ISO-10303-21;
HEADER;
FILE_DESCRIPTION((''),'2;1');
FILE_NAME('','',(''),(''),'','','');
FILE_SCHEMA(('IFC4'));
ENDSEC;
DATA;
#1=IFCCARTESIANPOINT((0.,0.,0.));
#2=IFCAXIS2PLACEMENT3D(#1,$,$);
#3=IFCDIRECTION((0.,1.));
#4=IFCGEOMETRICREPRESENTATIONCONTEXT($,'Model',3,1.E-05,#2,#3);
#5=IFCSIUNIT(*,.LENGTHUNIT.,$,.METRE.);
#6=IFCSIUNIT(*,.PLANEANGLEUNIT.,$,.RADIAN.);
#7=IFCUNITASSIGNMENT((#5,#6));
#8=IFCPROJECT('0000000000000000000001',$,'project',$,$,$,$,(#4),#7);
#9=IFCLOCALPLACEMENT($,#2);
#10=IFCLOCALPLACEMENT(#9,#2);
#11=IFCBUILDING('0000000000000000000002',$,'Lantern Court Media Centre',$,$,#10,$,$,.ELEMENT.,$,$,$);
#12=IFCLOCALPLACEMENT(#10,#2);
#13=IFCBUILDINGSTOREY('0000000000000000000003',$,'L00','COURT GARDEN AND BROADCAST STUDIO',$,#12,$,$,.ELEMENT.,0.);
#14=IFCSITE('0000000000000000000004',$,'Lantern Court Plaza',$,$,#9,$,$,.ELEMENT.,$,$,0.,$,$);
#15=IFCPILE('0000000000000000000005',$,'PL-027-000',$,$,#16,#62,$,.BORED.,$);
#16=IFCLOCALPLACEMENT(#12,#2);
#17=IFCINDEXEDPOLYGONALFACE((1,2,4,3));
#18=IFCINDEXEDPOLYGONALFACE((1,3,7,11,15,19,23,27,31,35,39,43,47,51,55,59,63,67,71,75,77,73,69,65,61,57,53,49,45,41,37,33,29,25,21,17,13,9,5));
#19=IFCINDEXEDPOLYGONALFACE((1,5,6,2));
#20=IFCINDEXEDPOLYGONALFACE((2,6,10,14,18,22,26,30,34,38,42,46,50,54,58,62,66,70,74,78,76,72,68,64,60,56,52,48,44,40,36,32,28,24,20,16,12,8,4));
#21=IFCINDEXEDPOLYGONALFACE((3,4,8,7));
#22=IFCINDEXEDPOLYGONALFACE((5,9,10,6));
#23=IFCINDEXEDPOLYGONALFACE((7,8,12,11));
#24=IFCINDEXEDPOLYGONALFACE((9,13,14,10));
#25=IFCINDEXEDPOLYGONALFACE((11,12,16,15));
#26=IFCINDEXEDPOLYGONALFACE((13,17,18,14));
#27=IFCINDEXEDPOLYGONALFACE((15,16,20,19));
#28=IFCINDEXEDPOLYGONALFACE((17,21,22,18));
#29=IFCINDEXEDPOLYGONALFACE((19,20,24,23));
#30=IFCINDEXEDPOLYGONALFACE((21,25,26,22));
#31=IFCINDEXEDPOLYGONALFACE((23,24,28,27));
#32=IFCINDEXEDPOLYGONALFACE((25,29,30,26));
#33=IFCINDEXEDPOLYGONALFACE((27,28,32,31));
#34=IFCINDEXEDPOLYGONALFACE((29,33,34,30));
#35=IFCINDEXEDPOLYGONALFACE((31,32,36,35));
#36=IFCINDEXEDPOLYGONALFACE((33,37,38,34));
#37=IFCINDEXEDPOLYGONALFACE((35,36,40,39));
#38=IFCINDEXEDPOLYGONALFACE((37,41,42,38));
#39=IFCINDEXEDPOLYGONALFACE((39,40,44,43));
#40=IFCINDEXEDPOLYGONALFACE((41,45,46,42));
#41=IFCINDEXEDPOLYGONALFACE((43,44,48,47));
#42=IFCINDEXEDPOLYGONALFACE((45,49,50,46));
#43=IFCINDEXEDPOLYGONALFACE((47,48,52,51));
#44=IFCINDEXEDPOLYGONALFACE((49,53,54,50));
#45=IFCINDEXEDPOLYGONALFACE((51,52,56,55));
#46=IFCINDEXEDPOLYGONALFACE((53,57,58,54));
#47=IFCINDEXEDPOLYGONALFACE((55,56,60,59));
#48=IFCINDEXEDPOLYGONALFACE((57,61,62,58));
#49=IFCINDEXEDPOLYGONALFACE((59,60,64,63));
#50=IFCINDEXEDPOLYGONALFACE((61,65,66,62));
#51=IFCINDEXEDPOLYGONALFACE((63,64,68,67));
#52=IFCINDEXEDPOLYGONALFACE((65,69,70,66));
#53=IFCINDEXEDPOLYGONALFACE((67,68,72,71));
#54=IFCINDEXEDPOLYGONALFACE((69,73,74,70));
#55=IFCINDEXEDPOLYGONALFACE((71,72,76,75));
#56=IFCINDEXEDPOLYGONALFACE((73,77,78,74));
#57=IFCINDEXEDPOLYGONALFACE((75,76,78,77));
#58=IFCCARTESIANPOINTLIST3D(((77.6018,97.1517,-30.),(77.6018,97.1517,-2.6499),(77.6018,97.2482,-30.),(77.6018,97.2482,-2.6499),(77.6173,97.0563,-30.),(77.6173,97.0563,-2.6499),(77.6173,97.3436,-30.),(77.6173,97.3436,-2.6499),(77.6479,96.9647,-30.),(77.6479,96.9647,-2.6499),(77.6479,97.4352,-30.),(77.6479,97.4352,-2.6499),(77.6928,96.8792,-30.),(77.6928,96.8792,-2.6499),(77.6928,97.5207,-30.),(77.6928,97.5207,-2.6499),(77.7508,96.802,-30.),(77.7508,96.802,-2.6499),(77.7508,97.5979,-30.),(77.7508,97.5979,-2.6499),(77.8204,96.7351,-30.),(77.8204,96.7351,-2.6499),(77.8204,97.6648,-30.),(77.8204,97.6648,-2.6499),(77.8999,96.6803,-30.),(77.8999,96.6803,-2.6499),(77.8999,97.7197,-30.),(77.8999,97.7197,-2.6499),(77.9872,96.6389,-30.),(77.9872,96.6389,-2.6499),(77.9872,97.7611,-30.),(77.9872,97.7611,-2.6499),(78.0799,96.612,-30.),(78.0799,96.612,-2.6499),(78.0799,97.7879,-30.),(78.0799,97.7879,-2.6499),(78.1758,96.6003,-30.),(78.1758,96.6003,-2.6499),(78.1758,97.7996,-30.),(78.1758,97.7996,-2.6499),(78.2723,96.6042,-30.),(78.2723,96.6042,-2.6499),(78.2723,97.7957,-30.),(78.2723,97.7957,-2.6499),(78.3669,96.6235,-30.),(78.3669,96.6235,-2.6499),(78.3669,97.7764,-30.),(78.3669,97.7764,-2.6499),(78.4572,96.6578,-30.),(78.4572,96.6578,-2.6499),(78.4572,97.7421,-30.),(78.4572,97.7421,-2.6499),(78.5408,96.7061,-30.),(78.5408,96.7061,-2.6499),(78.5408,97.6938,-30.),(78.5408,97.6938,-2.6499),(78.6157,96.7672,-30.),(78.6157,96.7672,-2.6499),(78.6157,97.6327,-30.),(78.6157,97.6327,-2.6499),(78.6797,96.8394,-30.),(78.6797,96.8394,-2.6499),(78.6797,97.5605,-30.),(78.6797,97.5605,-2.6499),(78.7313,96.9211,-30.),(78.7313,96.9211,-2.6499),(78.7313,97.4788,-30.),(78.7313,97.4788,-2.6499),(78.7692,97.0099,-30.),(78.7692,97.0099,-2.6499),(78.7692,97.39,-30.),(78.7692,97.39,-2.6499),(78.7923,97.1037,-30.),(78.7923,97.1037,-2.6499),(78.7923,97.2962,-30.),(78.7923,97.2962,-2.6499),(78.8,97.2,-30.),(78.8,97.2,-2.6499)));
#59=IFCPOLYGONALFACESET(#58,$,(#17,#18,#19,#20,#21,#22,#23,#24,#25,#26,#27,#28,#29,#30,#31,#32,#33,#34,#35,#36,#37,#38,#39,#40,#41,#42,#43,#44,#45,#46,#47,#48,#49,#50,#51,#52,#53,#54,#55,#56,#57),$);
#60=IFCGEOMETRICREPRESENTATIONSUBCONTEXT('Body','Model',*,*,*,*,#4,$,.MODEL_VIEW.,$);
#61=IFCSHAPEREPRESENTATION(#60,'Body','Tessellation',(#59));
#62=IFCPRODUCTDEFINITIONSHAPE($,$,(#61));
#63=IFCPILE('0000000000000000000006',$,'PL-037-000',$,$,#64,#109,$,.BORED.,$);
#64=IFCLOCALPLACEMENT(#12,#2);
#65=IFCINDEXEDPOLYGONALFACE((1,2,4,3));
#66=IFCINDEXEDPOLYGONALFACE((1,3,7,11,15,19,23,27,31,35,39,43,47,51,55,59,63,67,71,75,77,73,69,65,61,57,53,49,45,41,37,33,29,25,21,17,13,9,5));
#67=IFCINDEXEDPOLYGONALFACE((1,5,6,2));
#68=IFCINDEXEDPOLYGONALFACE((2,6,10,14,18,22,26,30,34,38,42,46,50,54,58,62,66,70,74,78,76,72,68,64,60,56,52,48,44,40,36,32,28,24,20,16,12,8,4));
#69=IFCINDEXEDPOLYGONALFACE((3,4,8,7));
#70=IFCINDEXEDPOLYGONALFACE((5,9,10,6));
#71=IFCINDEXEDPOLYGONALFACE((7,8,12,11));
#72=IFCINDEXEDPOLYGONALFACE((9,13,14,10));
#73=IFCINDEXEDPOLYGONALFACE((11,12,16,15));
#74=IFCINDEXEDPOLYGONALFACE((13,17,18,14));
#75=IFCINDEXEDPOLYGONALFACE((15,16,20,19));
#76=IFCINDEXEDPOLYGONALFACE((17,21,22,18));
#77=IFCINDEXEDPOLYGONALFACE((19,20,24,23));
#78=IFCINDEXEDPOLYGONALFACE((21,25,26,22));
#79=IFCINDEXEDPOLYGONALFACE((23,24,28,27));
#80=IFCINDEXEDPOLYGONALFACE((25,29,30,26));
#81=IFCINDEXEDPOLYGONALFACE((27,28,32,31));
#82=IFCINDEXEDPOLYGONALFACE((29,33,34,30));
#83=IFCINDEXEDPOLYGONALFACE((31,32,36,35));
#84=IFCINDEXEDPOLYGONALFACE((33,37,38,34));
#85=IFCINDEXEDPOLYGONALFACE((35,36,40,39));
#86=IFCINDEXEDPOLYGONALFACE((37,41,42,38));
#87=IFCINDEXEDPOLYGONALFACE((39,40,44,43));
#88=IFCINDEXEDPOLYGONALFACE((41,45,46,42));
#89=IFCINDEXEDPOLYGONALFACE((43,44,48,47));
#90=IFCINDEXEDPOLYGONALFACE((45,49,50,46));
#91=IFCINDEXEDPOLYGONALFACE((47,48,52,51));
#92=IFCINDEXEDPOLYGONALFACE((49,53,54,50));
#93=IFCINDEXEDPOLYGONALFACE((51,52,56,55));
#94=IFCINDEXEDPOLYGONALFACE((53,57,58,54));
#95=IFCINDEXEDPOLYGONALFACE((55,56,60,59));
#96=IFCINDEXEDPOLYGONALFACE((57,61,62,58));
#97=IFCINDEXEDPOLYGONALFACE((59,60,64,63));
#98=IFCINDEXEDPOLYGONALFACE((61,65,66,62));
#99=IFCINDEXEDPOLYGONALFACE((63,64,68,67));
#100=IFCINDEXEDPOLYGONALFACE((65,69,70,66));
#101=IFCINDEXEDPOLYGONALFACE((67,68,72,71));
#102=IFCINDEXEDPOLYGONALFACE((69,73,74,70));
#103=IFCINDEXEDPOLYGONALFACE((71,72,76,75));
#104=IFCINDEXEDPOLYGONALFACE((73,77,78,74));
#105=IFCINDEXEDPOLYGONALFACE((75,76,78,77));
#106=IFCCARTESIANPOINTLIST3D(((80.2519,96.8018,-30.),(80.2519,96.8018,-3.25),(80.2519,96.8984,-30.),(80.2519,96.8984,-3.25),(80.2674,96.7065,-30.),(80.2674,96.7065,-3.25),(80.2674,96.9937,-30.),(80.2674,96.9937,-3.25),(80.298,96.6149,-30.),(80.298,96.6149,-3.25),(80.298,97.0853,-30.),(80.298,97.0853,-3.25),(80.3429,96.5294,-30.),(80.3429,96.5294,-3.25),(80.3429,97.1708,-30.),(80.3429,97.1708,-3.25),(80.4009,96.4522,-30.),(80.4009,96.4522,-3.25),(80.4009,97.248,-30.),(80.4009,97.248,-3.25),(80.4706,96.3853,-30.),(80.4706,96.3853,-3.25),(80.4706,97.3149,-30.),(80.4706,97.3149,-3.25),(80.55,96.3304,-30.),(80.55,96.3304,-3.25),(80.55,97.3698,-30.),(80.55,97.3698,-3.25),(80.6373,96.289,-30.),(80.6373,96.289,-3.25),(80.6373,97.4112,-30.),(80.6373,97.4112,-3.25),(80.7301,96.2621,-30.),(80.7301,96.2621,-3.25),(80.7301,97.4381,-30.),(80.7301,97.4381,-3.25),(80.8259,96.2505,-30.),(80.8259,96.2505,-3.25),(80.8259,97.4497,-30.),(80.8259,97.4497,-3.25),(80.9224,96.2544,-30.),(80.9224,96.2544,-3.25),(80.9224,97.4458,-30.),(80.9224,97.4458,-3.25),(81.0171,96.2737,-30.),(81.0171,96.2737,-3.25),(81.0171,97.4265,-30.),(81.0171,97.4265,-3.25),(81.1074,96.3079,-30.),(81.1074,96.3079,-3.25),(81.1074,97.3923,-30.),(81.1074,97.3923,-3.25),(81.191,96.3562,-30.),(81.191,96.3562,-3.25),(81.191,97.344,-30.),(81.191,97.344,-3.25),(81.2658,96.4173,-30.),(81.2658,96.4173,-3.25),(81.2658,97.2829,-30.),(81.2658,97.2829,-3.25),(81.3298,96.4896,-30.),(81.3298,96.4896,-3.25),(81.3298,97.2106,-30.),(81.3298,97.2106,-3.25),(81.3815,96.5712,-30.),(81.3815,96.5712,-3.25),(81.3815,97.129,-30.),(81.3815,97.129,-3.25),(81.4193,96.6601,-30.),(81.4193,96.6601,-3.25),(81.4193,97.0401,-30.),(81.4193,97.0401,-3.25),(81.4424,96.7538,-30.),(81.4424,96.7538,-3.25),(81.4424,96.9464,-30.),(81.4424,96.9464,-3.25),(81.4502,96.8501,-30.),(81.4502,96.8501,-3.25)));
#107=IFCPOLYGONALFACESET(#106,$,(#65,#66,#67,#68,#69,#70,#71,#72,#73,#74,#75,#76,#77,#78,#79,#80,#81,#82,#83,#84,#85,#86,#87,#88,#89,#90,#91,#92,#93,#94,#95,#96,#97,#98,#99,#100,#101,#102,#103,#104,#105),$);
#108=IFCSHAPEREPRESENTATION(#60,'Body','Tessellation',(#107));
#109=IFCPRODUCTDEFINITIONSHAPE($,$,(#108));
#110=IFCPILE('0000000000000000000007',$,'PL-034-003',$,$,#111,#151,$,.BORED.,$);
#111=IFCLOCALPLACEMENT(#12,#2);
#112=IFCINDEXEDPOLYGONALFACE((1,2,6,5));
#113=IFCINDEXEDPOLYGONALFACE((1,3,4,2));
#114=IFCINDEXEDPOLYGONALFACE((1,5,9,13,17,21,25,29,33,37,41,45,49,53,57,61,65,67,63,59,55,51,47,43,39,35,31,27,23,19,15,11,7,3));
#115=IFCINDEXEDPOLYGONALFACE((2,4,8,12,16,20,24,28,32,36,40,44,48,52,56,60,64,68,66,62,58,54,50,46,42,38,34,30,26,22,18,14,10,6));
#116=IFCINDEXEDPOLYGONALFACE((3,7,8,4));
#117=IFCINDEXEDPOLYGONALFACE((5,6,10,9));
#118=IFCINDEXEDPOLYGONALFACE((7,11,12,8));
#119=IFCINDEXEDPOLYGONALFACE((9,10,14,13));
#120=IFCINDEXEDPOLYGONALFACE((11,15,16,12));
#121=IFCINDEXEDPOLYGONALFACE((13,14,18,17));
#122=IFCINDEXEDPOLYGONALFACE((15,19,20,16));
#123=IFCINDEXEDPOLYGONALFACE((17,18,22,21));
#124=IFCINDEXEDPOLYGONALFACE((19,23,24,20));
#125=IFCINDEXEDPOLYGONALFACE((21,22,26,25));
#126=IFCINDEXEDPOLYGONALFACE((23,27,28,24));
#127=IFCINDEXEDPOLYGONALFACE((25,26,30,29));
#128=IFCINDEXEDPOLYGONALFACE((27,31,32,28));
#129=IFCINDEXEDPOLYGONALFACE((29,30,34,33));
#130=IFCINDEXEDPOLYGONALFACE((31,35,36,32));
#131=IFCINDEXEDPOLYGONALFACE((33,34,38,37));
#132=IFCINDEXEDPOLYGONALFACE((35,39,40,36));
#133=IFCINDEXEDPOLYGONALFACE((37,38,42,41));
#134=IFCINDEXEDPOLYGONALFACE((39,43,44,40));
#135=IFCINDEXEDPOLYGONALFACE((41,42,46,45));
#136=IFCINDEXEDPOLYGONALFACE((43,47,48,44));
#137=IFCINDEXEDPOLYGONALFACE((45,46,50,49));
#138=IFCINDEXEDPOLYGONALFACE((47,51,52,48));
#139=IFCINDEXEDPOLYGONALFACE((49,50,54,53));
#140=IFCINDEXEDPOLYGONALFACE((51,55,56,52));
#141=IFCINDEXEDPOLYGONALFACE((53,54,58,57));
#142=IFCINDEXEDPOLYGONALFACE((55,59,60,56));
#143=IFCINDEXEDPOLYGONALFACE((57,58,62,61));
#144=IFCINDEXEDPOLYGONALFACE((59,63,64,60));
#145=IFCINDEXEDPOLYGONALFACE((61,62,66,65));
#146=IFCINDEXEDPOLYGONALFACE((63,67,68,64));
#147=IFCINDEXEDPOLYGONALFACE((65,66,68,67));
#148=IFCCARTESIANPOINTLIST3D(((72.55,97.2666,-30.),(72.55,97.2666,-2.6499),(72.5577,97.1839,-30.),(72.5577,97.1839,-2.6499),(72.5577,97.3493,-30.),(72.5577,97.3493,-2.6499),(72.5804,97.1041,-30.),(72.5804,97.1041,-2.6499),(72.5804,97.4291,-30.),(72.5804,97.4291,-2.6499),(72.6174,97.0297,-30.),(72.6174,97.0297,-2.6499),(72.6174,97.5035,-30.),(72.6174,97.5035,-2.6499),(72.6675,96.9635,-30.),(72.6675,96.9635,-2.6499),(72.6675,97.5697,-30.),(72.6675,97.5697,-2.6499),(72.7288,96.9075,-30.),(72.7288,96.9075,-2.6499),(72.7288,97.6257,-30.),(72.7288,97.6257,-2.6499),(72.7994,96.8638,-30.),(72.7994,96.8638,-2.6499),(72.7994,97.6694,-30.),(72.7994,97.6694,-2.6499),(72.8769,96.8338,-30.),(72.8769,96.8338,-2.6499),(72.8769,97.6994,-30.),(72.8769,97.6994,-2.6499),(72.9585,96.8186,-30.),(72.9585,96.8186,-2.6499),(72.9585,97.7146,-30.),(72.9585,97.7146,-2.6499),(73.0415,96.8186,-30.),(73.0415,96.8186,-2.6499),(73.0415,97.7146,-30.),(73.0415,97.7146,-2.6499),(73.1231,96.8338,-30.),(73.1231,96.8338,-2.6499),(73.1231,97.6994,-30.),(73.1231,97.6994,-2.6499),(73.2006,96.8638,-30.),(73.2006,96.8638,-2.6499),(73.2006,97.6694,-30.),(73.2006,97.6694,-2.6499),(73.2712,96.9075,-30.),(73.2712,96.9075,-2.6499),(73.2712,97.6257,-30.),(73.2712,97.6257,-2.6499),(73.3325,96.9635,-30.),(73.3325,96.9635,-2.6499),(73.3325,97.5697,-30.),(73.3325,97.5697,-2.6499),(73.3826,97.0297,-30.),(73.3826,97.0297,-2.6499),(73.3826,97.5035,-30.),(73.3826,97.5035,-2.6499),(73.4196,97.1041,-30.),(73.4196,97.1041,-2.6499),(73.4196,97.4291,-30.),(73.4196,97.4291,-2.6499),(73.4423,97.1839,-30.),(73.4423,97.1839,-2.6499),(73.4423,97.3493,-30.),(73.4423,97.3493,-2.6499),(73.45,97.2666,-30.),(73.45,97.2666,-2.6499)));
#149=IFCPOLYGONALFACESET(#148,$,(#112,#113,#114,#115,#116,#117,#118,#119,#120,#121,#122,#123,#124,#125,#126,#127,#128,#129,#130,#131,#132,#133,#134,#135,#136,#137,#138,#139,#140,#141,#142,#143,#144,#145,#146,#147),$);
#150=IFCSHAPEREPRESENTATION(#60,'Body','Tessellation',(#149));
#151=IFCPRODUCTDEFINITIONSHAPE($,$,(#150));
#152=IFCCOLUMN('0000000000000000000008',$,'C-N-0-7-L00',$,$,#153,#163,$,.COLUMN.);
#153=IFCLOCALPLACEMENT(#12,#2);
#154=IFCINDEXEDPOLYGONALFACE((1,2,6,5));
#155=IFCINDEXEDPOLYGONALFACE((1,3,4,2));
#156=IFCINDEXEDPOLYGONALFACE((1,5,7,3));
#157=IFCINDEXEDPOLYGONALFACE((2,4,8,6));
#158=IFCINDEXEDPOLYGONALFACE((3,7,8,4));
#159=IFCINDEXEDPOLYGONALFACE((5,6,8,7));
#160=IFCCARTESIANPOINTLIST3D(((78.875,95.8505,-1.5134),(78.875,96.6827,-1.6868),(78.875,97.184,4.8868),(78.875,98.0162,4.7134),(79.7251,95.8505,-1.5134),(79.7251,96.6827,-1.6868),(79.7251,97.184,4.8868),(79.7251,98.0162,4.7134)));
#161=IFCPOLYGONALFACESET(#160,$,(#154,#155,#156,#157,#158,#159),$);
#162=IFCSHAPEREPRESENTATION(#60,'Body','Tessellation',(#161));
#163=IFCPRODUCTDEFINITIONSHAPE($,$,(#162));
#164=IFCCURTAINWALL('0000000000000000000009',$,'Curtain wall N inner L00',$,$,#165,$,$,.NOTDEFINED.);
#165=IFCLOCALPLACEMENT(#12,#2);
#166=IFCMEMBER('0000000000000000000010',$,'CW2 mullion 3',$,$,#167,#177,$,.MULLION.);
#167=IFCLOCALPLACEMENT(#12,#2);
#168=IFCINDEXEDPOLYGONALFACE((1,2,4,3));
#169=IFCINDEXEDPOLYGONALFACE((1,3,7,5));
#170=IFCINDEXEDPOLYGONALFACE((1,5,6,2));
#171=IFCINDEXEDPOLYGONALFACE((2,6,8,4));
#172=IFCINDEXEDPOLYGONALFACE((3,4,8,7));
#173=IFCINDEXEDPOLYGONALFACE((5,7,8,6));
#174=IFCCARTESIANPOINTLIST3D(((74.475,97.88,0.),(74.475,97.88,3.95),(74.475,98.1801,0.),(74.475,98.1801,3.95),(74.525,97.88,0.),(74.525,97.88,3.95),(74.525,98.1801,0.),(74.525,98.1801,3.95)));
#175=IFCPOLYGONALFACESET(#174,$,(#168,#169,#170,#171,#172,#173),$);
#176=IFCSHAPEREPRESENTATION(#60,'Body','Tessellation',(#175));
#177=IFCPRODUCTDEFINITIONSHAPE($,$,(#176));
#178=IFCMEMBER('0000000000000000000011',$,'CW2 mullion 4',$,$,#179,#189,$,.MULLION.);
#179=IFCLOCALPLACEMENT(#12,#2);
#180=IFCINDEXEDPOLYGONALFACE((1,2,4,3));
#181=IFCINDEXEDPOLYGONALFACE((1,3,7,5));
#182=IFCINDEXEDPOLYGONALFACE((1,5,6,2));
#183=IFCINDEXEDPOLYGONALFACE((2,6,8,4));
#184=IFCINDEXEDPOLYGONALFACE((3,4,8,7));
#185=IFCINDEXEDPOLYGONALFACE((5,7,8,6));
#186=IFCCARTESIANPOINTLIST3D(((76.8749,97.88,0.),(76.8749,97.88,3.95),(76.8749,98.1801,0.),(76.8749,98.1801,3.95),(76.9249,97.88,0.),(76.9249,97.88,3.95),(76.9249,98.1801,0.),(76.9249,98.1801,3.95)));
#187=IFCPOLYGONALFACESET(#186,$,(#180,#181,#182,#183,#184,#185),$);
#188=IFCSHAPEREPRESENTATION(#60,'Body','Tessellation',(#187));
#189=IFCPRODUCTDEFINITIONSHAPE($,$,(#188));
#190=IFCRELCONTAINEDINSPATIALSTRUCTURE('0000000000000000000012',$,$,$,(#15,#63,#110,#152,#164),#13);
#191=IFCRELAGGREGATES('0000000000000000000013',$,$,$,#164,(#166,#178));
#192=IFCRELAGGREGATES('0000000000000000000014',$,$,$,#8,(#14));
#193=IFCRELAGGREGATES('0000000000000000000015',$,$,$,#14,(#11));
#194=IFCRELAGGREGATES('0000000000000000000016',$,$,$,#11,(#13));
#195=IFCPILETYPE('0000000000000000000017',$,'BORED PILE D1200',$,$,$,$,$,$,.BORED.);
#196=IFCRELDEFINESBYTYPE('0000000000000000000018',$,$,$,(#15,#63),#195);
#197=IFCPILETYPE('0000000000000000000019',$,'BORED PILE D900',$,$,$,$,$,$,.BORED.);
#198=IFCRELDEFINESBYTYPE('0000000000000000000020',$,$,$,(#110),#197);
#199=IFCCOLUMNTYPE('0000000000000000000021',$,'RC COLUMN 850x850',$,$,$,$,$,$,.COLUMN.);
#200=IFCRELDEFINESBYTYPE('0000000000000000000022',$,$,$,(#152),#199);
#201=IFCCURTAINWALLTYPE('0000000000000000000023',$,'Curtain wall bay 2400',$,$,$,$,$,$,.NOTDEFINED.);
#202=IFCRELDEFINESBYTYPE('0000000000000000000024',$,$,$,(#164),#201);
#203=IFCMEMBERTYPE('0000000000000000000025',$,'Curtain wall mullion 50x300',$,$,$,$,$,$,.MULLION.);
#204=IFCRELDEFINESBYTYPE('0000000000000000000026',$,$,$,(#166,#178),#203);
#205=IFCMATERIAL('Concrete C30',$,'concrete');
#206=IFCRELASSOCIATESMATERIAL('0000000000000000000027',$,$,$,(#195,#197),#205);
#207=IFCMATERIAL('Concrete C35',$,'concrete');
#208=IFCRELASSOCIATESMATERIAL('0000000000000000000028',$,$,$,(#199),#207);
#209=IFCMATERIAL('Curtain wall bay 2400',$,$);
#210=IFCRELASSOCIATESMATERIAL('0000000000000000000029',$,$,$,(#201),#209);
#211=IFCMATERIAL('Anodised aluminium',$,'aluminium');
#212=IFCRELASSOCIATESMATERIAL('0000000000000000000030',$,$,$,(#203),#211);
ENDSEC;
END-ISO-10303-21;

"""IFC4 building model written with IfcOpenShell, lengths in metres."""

from ifc_helpers import new_model, si_unit, direction, frame, origin, origin_2d, place, context, subcontext, project, spatial, rectangle, circle, extrude, material, material_profile, profile_set, type_object, element, aggregate, save


model = new_model("IFC4")

# Units and contexts
model_context = context("Model", 3, precision=1e-05, world=origin(), true_north=direction((0.0, 1.0)))
body_context = subcontext(model_context, "Body", "Model", "MODEL_VIEW")
ifc_project = project(units=[si_unit("LENGTHUNIT", "METRE"), si_unit("PLANEANGLEUNIT", "RADIAN")], contexts=[model_context])

# Site, building, storey
site_placement = place(None, origin())
site = spatial("IfcSite", under=ifc_project, at=site_placement, Name="Lantern Court Plaza", CompositionType="ELEMENT", RefElevation=0.0)
building_placement = place(site_placement, origin())
building = spatial("IfcBuilding", under=site, at=building_placement, Name="Lantern Court Media Centre", CompositionType="ELEMENT")
storey_placement = place(building_placement, origin())
storey = spatial("IfcBuildingStorey", under=building, at=storey_placement, Name="L00", Description="COURT GARDEN AND BROADCAST STUDIO", CompositionType="ELEMENT", Elevation=0.0)

# Piles
ifc_material_1 = material(Name="Concrete C30", Category="concrete")
ifc_material_profile_1 = material_profile(ifc_material_1, circle(Radius=0.6001, at=origin_2d()), Name="D1200")
ifc_profile_set_1 = profile_set([ifc_material_profile_1], Name="Concrete C30")
pile_type_1 = type_object("IfcPileType", Name="BORED PILE D1200", PredefinedType="BORED", material=ifc_profile_set_1)
pile_1_placement = place(storey_placement, frame((78.2, 97.2, -2.6499), z_axis=(0.0, 0.0, -1.0), x_axis=(1.0, 0.0, 0.0)))
element("IfcPile", 1, at=pile_1_placement, inside=storey, type_object=pile_type_1, Name="PL-027-000", PredefinedType="BORED", context=body_context, shape_type="SweptSolid", body=[
    extrude(circle(Radius=0.6001, at=origin_2d()), origin(), (0.0, 0.0, 1.0), 27.3501),
])
pile_2_placement = place(storey_placement, frame((80.8501, 96.8501, -3.25), z_axis=(0.0, 0.0, -1.0), x_axis=(1.0, 0.0, 0.0)))
element("IfcPile", 2, at=pile_2_placement, inside=storey, type_object=pile_type_1, Name="PL-037-000", PredefinedType="BORED", context=body_context, shape_type="SweptSolid", body=[
    extrude(circle(Radius=0.6001, at=origin_2d()), origin(), (0.0, 0.0, 1.0), 26.75),
])
ifc_material_profile_2 = material_profile(ifc_material_1, circle(Radius=0.45, at=origin_2d()), Name="D900")
ifc_profile_set_2 = profile_set([ifc_material_profile_2], Name="Concrete C30")
pile_type_2 = type_object("IfcPileType", Name="BORED PILE D900", PredefinedType="BORED", material=ifc_profile_set_2)
pile_3_placement = place(storey_placement, frame((73.0, 97.2666, -2.6499), z_axis=(0.0, 0.0, -1.0), x_axis=(1.0, 0.0, 0.0)))
element("IfcPile", 3, at=pile_3_placement, inside=storey, type_object=pile_type_2, Name="PL-034-003", PredefinedType="BORED", context=body_context, shape_type="SweptSolid", body=[
    extrude(circle(Radius=0.45, at=origin_2d()), origin(), (0.0, 0.0, 1.0), 27.3501),
])

# Column
ifc_material_2 = material(Name="Concrete C35", Category="concrete")
ifc_material_profile_3 = material_profile(ifc_material_2, rectangle(XDim=0.8501, YDim=0.8501, at=origin_2d()), Name="RC 850x850")
ifc_profile_set_3 = profile_set([ifc_material_profile_3], Name="Concrete C35")
column_type = type_object("IfcColumnType", Name="RC COLUMN 850x850", PredefinedType="COLUMN", material=ifc_profile_set_3)
column_placement = place(storey_placement, frame((79.3, 96.2666, -1.6001), z_axis=(0.0, 0.203974, 0.978976), x_axis=(-1.0, 0.0, 0.0)))
element("IfcColumn", 4, at=column_placement, inside=storey, type_object=column_type, Name="C-N-0-7-L00", PredefinedType="COLUMN", context=body_context, shape_type="SweptSolid", body=[
    extrude(rectangle(XDim=0.8501, YDim=0.8501, at=origin_2d()), origin(), (0.0, 0.0, 1.0), 6.5376),
])

# Curtain wall, members
ifc_material_3 = material(Name="Curtain wall bay 2400")
curtain_wall_type = type_object("IfcCurtainWallType", Name="Curtain wall bay 2400", PredefinedType="NOTDEFINED", material=ifc_material_3)
curtain_wall_placement = place(storey_placement, origin())
curtain_wall = element("IfcCurtainWall", 5, at=curtain_wall_placement, inside=storey, type_object=curtain_wall_type, Name="Curtain wall N inner L00", PredefinedType="NOTDEFINED")
ifc_material_4 = material(Name="Anodised aluminium", Category="aluminium")
ifc_material_profile_4 = material_profile(ifc_material_4, rectangle(XDim=0.3, YDim=0.05, at=origin_2d()), Name="AL 50x300")
ifc_profile_set_4 = profile_set([ifc_material_profile_4], Name="Anodised aluminium")
member_type_1 = type_object("IfcMemberType", Name="Curtain wall mullion 50x300", PredefinedType="MULLION", material=ifc_profile_set_4)
member_1_placement = place(storey_placement, frame((74.5, 98.03, 0.0), z_axis=(0.0, 0.0, 1.0), x_axis=(0.0, 1.0, 0.0)))
member_1 = element("IfcMember", 6, at=member_1_placement, type_object=member_type_1, Name="CW2 mullion 3", PredefinedType="MULLION", context=body_context, shape_type="SweptSolid", body=[
    extrude(rectangle(XDim=0.3, YDim=0.05, at=origin_2d()), origin(), (0.0, 0.0, 1.0), 3.95),
])
member_2_placement = place(storey_placement, frame((76.8999, 98.03, 0.0), z_axis=(0.0, 0.0, 1.0), x_axis=(0.0, 1.0, 0.0)))
member_2 = element("IfcMember", 7, at=member_2_placement, type_object=member_type_1, Name="CW2 mullion 4", PredefinedType="MULLION", context=body_context, shape_type="SweptSolid", body=[
    extrude(rectangle(XDim=0.3, YDim=0.05, at=origin_2d()), origin(), (0.0, 0.0, 1.0), 3.95),
])

aggregate(curtain_wall, [member_1, member_2])

save(model, "model.ifc")
